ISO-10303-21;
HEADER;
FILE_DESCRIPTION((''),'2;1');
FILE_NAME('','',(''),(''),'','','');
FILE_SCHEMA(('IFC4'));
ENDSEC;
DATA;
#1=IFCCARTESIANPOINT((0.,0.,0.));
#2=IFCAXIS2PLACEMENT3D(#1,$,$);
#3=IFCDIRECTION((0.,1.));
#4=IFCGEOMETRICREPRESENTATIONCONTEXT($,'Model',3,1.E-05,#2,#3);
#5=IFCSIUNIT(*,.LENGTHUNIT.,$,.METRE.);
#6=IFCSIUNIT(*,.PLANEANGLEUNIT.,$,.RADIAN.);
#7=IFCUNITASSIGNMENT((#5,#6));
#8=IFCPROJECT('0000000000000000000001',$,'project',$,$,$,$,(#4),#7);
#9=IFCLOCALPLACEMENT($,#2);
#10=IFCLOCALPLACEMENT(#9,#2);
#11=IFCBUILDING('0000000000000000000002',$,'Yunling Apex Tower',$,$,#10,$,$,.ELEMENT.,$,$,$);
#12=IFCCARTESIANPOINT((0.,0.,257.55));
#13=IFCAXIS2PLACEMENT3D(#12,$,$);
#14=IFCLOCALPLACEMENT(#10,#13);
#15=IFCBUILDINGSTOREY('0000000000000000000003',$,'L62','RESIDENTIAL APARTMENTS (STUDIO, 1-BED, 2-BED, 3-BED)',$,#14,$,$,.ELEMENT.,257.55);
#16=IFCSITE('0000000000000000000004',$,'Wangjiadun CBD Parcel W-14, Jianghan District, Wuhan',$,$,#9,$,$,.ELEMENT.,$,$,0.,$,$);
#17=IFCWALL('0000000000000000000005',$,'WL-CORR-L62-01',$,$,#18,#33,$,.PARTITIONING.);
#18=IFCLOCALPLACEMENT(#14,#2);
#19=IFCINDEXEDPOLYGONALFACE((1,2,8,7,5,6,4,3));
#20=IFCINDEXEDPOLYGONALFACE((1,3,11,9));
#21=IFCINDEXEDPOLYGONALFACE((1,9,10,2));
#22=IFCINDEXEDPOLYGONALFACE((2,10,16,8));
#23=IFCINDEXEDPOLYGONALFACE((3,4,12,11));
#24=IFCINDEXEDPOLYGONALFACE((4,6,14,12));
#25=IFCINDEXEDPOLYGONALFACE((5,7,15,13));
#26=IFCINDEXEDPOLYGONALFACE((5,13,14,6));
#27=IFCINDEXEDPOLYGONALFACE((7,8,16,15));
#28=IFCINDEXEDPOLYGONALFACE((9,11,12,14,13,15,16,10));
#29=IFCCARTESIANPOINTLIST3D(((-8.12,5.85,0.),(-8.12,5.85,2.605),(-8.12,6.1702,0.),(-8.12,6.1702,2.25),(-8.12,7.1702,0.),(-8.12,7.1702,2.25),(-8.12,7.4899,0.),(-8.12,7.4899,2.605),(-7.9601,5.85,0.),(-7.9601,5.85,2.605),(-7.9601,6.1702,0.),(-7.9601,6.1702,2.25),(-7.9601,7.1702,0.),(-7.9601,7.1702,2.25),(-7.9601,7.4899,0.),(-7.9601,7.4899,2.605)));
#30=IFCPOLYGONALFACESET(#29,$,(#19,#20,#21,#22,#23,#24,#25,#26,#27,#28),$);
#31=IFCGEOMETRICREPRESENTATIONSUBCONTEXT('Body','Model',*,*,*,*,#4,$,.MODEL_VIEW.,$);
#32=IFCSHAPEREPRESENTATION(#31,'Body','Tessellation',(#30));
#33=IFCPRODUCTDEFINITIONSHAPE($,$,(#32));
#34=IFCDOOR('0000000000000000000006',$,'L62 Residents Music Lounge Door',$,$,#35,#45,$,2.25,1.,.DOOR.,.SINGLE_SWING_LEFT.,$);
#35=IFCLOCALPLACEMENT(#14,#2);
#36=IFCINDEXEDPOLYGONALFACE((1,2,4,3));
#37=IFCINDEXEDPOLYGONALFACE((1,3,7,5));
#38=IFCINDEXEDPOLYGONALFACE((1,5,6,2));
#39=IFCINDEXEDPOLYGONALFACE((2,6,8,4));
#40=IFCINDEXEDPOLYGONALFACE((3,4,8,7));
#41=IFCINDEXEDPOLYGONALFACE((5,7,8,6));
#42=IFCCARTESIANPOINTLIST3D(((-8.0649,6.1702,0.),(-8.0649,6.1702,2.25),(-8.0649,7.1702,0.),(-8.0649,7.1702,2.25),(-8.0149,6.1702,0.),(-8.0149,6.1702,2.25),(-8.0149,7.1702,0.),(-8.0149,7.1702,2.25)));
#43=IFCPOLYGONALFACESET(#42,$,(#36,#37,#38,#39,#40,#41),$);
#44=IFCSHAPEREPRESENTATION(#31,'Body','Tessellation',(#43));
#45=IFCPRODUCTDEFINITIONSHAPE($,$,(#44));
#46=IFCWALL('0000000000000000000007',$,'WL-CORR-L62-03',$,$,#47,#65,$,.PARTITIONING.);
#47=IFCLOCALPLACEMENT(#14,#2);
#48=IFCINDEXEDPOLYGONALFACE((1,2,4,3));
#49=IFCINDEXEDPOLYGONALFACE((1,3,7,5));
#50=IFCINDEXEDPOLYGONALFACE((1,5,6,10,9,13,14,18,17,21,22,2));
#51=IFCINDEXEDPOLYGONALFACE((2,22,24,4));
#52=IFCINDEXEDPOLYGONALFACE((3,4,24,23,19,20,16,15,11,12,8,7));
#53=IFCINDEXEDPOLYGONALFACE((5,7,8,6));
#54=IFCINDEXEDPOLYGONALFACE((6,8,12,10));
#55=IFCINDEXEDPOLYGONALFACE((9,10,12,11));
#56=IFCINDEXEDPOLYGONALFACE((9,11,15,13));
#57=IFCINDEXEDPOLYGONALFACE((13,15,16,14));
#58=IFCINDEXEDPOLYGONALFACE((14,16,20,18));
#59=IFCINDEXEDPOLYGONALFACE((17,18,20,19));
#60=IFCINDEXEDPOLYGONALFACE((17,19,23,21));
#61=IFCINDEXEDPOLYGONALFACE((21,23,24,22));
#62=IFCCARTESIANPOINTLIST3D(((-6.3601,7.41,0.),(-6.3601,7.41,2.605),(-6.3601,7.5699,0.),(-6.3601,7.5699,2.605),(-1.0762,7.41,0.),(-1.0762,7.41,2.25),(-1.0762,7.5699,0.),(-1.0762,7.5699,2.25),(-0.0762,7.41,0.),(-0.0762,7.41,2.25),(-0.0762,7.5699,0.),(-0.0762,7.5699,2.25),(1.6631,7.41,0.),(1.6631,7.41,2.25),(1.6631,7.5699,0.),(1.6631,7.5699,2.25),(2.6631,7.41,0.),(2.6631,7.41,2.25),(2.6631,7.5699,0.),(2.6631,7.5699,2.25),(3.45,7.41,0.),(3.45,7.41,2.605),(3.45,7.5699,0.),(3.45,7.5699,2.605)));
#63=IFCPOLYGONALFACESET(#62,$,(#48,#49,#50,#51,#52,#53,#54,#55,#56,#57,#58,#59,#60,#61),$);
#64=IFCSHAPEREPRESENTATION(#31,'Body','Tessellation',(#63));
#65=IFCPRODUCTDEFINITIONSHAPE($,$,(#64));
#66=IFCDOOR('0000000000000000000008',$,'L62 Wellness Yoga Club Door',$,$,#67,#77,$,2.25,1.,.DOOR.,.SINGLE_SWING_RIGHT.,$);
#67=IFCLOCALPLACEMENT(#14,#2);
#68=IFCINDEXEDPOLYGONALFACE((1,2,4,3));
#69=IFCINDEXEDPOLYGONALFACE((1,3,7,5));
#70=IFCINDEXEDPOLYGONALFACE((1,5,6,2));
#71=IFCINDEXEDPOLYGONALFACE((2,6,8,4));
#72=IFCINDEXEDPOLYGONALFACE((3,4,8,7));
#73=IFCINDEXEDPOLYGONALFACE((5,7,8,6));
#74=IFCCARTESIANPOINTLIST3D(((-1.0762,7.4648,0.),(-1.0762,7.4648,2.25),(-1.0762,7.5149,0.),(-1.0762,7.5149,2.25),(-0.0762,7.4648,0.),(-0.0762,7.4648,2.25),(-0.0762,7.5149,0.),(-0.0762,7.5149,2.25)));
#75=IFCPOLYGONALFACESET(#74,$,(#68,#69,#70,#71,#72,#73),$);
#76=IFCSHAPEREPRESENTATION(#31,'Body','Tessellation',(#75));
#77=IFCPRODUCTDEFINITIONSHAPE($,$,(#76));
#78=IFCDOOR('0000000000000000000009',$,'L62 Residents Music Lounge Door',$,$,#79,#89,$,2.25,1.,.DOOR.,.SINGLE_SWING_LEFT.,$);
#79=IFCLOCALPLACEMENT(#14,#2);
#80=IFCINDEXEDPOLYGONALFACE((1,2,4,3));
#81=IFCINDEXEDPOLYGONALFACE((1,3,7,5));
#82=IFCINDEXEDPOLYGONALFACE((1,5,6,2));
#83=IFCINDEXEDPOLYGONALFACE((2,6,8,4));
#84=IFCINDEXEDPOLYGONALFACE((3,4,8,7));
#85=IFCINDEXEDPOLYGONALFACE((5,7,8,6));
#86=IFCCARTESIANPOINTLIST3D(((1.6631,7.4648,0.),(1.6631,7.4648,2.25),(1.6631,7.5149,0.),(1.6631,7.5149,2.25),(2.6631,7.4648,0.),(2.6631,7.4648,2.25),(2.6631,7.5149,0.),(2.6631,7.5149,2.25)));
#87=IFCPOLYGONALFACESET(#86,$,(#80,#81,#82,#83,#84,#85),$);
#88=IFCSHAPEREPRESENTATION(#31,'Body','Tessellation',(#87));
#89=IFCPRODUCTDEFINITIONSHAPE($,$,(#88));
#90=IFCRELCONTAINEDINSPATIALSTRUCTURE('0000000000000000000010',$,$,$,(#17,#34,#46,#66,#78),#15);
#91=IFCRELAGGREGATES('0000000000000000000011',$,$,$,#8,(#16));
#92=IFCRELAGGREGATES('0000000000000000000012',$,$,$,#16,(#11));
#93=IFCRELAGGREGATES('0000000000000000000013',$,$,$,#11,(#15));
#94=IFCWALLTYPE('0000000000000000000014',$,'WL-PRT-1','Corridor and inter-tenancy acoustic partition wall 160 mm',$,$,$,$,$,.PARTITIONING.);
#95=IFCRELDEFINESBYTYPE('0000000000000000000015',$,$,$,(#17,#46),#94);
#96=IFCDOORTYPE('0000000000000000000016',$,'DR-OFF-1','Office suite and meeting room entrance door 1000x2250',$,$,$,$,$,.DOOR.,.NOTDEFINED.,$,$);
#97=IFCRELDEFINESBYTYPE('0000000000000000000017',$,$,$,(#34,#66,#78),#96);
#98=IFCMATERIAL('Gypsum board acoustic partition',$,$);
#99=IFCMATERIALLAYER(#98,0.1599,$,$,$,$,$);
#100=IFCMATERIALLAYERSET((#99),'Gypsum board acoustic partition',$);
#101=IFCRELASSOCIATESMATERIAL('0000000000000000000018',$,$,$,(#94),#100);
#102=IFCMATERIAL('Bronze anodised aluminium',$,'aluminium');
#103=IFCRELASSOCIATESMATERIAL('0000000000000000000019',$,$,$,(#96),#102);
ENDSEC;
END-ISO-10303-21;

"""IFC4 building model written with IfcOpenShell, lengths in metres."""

from ifc_helpers import new_model, si_unit, direction, frame, frame_2d, origin, place, context, subcontext, project, spatial, rectangle, extrude, material, layer, layer_set, type_object, element, fill, save


model = new_model("IFC4")

# Units and contexts
model_context = context("Model", 3, precision=1e-05, world=origin(), true_north=direction((0.0, 1.0)))
body_context = subcontext(model_context, "Body", "Model", "MODEL_VIEW")
ifc_project = project(units=[si_unit("LENGTHUNIT", "METRE"), si_unit("PLANEANGLEUNIT", "RADIAN")], contexts=[model_context])

# Site, building, storey
site_placement = place(None, origin())
site = spatial("IfcSite", under=ifc_project, at=site_placement, Name="Wangjiadun CBD Parcel W-14, Jianghan District, Wuhan", CompositionType="ELEMENT", RefElevation=0.0)
building_placement = place(site_placement, origin())
building = spatial("IfcBuilding", under=site, at=building_placement, Name="Yunling Apex Tower", CompositionType="ELEMENT")
storey_placement = place(building_placement, frame((0.0, 0.0, 257.55)))
storey = spatial("IfcBuildingStorey", under=building, at=storey_placement, Name="L62", Description="RESIDENTIAL APARTMENTS (STUDIO, 1-BED, 2-BED, 3-BED)", CompositionType="ELEMENT", Elevation=257.55)

# Shared definitions
ifc_material_1 = material(Name="Bronze anodised aluminium", Category="aluminium")

# Wall, opening, door
ifc_material_2 = material(Name="Gypsum board acoustic partition")
ifc_layer_1 = layer(ifc_material_2, 0.1599)
ifc_layer_set_1 = layer_set([ifc_layer_1], Name="Gypsum board acoustic partition")
wall_type_1 = type_object("IfcWallType", Name="WL-PRT-1", Description="Corridor and inter-tenancy acoustic partition wall 160 mm", PredefinedType="PARTITIONING", material=ifc_layer_set_1)
wall_1_placement = place(storey_placement, frame((-8.04, 5.8501, 0.0), z_axis=(0.0, 0.0, 1.0), x_axis=(0.0, 1.0, 0.0)))
wall_1 = element("IfcWall", 1, at=wall_1_placement, inside=storey, type_object=wall_type_1, Name="WL-CORR-L62-01", PredefinedType="PARTITIONING", context=body_context, shape_type="SweptSolid", body=[
    extrude(rectangle(XDim=1.6399, YDim=0.1599, at=frame_2d((0.8198, 0.0))), origin(), (0.0, 0.0, 1.0), 2.605),
])
opening_1_placement = place(wall_1_placement, frame((0.3201, 0.0, 0.0)))
opening_1 = element("IfcOpeningElement", 2, at=opening_1_placement, cuts=wall_1, PredefinedType="OPENING", context=body_context, shape_type="SweptSolid", body=[
    extrude(rectangle(XDim=1.0, YDim=2.25, at=frame_2d((0.5, 1.125))), frame((0.0, 0.0898, 0.0), z_axis=(0.0, -1.0, 0.0), x_axis=(1.0, 0.0, 0.0)), (0.0, 0.0, 1.0), 0.1799),
])
door_type_1 = type_object("IfcDoorType", Name="DR-OFF-1", Description="Office suite and meeting room entrance door 1000x2250", OperationType="NOTDEFINED", PredefinedType="DOOR", material=ifc_material_1)
door_1_placement = place(opening_1_placement, origin())
door_1 = element("IfcDoor", 3, at=door_1_placement, inside=storey, type_object=door_type_1, Name="L62 Residents Music Lounge Door", OperationType="SINGLE_SWING_LEFT", OverallHeight=2.25, OverallWidth=1.0, PredefinedType="DOOR", context=body_context, shape_type="SweptSolid", body=[
    extrude(rectangle(XDim=1.0, YDim=2.25, at=frame_2d((0.5, 1.125))), frame((0.0, 0.0249, 0.0), z_axis=(0.0, -1.0, 0.0), x_axis=(1.0, 0.0, 0.0)), (0.0, 0.0, 1.0), 0.05),
])
fill(opening_1, door_1)

# Wall, openings, doors
wall_2_placement = place(storey_placement, frame((-6.3601, 7.49, 0.0), z_axis=(0.0, 0.0, 1.0), x_axis=(1.0, 0.0, 0.0)))
wall_2 = element("IfcWall", 4, at=wall_2_placement, inside=storey, type_object=wall_type_1, Name="WL-CORR-L62-03", PredefinedType="PARTITIONING", context=body_context, shape_type="SweptSolid", body=[
    extrude(rectangle(XDim=9.8101, YDim=0.1599, at=frame_2d((4.905, 0.0))), origin(), (0.0, 0.0, 1.0), 2.605),
])
opening_2_placement = place(wall_2_placement, frame((5.2839, 0.0, 0.0)))
opening_2 = element("IfcOpeningElement", 5, at=opening_2_placement, cuts=wall_2, PredefinedType="OPENING", context=body_context, shape_type="SweptSolid", body=[
    extrude(rectangle(XDim=1.0, YDim=2.25, at=frame_2d((0.5, 1.125))), frame((0.0, 0.0898, 0.0), z_axis=(0.0, -1.0, 0.0), x_axis=(1.0, 0.0, 0.0)), (0.0, 0.0, 1.0), 0.1799),
])
opening_3_placement = place(wall_2_placement, frame((8.0232, 0.0, 0.0)))
opening_3 = element("IfcOpeningElement", 6, at=opening_3_placement, cuts=wall_2, PredefinedType="OPENING", context=body_context, shape_type="SweptSolid", body=[
    extrude(rectangle(XDim=1.0, YDim=2.25, at=frame_2d((0.5, 1.125))), frame((0.0, 0.0898, 0.0), z_axis=(0.0, -1.0, 0.0), x_axis=(1.0, 0.0, 0.0)), (0.0, 0.0, 1.0), 0.1799),
])
door_2_placement = place(opening_2_placement, origin())
door_2 = element("IfcDoor", 7, at=door_2_placement, inside=storey, type_object=door_type_1, Name="L62 Wellness Yoga Club Door", OperationType="SINGLE_SWING_RIGHT", OverallHeight=2.25, OverallWidth=1.0, PredefinedType="DOOR", context=body_context, shape_type="SweptSolid", body=[
    extrude(rectangle(XDim=1.0, YDim=2.25, at=frame_2d((0.5, 1.125))), frame((0.0, 0.0249, 0.0), z_axis=(0.0, -1.0, 0.0), x_axis=(1.0, 0.0, 0.0)), (0.0, 0.0, 1.0), 0.05),
])
fill(opening_2, door_2)
door_3_placement = place(opening_3_placement, origin())
door_3 = element("IfcDoor", 8, at=door_3_placement, inside=storey, type_object=door_type_1, Name="L62 Residents Music Lounge Door", OperationType="SINGLE_SWING_LEFT", OverallHeight=2.25, OverallWidth=1.0, PredefinedType="DOOR", context=body_context, shape_type="SweptSolid", body=[
    extrude(rectangle(XDim=1.0, YDim=2.25, at=frame_2d((0.5, 1.125))), frame((0.0, 0.0249, 0.0), z_axis=(0.0, -1.0, 0.0), x_axis=(1.0, 0.0, 0.0)), (0.0, 0.0, 1.0), 0.05),
])
fill(opening_3, door_3)

save(model, "model.ifc")
